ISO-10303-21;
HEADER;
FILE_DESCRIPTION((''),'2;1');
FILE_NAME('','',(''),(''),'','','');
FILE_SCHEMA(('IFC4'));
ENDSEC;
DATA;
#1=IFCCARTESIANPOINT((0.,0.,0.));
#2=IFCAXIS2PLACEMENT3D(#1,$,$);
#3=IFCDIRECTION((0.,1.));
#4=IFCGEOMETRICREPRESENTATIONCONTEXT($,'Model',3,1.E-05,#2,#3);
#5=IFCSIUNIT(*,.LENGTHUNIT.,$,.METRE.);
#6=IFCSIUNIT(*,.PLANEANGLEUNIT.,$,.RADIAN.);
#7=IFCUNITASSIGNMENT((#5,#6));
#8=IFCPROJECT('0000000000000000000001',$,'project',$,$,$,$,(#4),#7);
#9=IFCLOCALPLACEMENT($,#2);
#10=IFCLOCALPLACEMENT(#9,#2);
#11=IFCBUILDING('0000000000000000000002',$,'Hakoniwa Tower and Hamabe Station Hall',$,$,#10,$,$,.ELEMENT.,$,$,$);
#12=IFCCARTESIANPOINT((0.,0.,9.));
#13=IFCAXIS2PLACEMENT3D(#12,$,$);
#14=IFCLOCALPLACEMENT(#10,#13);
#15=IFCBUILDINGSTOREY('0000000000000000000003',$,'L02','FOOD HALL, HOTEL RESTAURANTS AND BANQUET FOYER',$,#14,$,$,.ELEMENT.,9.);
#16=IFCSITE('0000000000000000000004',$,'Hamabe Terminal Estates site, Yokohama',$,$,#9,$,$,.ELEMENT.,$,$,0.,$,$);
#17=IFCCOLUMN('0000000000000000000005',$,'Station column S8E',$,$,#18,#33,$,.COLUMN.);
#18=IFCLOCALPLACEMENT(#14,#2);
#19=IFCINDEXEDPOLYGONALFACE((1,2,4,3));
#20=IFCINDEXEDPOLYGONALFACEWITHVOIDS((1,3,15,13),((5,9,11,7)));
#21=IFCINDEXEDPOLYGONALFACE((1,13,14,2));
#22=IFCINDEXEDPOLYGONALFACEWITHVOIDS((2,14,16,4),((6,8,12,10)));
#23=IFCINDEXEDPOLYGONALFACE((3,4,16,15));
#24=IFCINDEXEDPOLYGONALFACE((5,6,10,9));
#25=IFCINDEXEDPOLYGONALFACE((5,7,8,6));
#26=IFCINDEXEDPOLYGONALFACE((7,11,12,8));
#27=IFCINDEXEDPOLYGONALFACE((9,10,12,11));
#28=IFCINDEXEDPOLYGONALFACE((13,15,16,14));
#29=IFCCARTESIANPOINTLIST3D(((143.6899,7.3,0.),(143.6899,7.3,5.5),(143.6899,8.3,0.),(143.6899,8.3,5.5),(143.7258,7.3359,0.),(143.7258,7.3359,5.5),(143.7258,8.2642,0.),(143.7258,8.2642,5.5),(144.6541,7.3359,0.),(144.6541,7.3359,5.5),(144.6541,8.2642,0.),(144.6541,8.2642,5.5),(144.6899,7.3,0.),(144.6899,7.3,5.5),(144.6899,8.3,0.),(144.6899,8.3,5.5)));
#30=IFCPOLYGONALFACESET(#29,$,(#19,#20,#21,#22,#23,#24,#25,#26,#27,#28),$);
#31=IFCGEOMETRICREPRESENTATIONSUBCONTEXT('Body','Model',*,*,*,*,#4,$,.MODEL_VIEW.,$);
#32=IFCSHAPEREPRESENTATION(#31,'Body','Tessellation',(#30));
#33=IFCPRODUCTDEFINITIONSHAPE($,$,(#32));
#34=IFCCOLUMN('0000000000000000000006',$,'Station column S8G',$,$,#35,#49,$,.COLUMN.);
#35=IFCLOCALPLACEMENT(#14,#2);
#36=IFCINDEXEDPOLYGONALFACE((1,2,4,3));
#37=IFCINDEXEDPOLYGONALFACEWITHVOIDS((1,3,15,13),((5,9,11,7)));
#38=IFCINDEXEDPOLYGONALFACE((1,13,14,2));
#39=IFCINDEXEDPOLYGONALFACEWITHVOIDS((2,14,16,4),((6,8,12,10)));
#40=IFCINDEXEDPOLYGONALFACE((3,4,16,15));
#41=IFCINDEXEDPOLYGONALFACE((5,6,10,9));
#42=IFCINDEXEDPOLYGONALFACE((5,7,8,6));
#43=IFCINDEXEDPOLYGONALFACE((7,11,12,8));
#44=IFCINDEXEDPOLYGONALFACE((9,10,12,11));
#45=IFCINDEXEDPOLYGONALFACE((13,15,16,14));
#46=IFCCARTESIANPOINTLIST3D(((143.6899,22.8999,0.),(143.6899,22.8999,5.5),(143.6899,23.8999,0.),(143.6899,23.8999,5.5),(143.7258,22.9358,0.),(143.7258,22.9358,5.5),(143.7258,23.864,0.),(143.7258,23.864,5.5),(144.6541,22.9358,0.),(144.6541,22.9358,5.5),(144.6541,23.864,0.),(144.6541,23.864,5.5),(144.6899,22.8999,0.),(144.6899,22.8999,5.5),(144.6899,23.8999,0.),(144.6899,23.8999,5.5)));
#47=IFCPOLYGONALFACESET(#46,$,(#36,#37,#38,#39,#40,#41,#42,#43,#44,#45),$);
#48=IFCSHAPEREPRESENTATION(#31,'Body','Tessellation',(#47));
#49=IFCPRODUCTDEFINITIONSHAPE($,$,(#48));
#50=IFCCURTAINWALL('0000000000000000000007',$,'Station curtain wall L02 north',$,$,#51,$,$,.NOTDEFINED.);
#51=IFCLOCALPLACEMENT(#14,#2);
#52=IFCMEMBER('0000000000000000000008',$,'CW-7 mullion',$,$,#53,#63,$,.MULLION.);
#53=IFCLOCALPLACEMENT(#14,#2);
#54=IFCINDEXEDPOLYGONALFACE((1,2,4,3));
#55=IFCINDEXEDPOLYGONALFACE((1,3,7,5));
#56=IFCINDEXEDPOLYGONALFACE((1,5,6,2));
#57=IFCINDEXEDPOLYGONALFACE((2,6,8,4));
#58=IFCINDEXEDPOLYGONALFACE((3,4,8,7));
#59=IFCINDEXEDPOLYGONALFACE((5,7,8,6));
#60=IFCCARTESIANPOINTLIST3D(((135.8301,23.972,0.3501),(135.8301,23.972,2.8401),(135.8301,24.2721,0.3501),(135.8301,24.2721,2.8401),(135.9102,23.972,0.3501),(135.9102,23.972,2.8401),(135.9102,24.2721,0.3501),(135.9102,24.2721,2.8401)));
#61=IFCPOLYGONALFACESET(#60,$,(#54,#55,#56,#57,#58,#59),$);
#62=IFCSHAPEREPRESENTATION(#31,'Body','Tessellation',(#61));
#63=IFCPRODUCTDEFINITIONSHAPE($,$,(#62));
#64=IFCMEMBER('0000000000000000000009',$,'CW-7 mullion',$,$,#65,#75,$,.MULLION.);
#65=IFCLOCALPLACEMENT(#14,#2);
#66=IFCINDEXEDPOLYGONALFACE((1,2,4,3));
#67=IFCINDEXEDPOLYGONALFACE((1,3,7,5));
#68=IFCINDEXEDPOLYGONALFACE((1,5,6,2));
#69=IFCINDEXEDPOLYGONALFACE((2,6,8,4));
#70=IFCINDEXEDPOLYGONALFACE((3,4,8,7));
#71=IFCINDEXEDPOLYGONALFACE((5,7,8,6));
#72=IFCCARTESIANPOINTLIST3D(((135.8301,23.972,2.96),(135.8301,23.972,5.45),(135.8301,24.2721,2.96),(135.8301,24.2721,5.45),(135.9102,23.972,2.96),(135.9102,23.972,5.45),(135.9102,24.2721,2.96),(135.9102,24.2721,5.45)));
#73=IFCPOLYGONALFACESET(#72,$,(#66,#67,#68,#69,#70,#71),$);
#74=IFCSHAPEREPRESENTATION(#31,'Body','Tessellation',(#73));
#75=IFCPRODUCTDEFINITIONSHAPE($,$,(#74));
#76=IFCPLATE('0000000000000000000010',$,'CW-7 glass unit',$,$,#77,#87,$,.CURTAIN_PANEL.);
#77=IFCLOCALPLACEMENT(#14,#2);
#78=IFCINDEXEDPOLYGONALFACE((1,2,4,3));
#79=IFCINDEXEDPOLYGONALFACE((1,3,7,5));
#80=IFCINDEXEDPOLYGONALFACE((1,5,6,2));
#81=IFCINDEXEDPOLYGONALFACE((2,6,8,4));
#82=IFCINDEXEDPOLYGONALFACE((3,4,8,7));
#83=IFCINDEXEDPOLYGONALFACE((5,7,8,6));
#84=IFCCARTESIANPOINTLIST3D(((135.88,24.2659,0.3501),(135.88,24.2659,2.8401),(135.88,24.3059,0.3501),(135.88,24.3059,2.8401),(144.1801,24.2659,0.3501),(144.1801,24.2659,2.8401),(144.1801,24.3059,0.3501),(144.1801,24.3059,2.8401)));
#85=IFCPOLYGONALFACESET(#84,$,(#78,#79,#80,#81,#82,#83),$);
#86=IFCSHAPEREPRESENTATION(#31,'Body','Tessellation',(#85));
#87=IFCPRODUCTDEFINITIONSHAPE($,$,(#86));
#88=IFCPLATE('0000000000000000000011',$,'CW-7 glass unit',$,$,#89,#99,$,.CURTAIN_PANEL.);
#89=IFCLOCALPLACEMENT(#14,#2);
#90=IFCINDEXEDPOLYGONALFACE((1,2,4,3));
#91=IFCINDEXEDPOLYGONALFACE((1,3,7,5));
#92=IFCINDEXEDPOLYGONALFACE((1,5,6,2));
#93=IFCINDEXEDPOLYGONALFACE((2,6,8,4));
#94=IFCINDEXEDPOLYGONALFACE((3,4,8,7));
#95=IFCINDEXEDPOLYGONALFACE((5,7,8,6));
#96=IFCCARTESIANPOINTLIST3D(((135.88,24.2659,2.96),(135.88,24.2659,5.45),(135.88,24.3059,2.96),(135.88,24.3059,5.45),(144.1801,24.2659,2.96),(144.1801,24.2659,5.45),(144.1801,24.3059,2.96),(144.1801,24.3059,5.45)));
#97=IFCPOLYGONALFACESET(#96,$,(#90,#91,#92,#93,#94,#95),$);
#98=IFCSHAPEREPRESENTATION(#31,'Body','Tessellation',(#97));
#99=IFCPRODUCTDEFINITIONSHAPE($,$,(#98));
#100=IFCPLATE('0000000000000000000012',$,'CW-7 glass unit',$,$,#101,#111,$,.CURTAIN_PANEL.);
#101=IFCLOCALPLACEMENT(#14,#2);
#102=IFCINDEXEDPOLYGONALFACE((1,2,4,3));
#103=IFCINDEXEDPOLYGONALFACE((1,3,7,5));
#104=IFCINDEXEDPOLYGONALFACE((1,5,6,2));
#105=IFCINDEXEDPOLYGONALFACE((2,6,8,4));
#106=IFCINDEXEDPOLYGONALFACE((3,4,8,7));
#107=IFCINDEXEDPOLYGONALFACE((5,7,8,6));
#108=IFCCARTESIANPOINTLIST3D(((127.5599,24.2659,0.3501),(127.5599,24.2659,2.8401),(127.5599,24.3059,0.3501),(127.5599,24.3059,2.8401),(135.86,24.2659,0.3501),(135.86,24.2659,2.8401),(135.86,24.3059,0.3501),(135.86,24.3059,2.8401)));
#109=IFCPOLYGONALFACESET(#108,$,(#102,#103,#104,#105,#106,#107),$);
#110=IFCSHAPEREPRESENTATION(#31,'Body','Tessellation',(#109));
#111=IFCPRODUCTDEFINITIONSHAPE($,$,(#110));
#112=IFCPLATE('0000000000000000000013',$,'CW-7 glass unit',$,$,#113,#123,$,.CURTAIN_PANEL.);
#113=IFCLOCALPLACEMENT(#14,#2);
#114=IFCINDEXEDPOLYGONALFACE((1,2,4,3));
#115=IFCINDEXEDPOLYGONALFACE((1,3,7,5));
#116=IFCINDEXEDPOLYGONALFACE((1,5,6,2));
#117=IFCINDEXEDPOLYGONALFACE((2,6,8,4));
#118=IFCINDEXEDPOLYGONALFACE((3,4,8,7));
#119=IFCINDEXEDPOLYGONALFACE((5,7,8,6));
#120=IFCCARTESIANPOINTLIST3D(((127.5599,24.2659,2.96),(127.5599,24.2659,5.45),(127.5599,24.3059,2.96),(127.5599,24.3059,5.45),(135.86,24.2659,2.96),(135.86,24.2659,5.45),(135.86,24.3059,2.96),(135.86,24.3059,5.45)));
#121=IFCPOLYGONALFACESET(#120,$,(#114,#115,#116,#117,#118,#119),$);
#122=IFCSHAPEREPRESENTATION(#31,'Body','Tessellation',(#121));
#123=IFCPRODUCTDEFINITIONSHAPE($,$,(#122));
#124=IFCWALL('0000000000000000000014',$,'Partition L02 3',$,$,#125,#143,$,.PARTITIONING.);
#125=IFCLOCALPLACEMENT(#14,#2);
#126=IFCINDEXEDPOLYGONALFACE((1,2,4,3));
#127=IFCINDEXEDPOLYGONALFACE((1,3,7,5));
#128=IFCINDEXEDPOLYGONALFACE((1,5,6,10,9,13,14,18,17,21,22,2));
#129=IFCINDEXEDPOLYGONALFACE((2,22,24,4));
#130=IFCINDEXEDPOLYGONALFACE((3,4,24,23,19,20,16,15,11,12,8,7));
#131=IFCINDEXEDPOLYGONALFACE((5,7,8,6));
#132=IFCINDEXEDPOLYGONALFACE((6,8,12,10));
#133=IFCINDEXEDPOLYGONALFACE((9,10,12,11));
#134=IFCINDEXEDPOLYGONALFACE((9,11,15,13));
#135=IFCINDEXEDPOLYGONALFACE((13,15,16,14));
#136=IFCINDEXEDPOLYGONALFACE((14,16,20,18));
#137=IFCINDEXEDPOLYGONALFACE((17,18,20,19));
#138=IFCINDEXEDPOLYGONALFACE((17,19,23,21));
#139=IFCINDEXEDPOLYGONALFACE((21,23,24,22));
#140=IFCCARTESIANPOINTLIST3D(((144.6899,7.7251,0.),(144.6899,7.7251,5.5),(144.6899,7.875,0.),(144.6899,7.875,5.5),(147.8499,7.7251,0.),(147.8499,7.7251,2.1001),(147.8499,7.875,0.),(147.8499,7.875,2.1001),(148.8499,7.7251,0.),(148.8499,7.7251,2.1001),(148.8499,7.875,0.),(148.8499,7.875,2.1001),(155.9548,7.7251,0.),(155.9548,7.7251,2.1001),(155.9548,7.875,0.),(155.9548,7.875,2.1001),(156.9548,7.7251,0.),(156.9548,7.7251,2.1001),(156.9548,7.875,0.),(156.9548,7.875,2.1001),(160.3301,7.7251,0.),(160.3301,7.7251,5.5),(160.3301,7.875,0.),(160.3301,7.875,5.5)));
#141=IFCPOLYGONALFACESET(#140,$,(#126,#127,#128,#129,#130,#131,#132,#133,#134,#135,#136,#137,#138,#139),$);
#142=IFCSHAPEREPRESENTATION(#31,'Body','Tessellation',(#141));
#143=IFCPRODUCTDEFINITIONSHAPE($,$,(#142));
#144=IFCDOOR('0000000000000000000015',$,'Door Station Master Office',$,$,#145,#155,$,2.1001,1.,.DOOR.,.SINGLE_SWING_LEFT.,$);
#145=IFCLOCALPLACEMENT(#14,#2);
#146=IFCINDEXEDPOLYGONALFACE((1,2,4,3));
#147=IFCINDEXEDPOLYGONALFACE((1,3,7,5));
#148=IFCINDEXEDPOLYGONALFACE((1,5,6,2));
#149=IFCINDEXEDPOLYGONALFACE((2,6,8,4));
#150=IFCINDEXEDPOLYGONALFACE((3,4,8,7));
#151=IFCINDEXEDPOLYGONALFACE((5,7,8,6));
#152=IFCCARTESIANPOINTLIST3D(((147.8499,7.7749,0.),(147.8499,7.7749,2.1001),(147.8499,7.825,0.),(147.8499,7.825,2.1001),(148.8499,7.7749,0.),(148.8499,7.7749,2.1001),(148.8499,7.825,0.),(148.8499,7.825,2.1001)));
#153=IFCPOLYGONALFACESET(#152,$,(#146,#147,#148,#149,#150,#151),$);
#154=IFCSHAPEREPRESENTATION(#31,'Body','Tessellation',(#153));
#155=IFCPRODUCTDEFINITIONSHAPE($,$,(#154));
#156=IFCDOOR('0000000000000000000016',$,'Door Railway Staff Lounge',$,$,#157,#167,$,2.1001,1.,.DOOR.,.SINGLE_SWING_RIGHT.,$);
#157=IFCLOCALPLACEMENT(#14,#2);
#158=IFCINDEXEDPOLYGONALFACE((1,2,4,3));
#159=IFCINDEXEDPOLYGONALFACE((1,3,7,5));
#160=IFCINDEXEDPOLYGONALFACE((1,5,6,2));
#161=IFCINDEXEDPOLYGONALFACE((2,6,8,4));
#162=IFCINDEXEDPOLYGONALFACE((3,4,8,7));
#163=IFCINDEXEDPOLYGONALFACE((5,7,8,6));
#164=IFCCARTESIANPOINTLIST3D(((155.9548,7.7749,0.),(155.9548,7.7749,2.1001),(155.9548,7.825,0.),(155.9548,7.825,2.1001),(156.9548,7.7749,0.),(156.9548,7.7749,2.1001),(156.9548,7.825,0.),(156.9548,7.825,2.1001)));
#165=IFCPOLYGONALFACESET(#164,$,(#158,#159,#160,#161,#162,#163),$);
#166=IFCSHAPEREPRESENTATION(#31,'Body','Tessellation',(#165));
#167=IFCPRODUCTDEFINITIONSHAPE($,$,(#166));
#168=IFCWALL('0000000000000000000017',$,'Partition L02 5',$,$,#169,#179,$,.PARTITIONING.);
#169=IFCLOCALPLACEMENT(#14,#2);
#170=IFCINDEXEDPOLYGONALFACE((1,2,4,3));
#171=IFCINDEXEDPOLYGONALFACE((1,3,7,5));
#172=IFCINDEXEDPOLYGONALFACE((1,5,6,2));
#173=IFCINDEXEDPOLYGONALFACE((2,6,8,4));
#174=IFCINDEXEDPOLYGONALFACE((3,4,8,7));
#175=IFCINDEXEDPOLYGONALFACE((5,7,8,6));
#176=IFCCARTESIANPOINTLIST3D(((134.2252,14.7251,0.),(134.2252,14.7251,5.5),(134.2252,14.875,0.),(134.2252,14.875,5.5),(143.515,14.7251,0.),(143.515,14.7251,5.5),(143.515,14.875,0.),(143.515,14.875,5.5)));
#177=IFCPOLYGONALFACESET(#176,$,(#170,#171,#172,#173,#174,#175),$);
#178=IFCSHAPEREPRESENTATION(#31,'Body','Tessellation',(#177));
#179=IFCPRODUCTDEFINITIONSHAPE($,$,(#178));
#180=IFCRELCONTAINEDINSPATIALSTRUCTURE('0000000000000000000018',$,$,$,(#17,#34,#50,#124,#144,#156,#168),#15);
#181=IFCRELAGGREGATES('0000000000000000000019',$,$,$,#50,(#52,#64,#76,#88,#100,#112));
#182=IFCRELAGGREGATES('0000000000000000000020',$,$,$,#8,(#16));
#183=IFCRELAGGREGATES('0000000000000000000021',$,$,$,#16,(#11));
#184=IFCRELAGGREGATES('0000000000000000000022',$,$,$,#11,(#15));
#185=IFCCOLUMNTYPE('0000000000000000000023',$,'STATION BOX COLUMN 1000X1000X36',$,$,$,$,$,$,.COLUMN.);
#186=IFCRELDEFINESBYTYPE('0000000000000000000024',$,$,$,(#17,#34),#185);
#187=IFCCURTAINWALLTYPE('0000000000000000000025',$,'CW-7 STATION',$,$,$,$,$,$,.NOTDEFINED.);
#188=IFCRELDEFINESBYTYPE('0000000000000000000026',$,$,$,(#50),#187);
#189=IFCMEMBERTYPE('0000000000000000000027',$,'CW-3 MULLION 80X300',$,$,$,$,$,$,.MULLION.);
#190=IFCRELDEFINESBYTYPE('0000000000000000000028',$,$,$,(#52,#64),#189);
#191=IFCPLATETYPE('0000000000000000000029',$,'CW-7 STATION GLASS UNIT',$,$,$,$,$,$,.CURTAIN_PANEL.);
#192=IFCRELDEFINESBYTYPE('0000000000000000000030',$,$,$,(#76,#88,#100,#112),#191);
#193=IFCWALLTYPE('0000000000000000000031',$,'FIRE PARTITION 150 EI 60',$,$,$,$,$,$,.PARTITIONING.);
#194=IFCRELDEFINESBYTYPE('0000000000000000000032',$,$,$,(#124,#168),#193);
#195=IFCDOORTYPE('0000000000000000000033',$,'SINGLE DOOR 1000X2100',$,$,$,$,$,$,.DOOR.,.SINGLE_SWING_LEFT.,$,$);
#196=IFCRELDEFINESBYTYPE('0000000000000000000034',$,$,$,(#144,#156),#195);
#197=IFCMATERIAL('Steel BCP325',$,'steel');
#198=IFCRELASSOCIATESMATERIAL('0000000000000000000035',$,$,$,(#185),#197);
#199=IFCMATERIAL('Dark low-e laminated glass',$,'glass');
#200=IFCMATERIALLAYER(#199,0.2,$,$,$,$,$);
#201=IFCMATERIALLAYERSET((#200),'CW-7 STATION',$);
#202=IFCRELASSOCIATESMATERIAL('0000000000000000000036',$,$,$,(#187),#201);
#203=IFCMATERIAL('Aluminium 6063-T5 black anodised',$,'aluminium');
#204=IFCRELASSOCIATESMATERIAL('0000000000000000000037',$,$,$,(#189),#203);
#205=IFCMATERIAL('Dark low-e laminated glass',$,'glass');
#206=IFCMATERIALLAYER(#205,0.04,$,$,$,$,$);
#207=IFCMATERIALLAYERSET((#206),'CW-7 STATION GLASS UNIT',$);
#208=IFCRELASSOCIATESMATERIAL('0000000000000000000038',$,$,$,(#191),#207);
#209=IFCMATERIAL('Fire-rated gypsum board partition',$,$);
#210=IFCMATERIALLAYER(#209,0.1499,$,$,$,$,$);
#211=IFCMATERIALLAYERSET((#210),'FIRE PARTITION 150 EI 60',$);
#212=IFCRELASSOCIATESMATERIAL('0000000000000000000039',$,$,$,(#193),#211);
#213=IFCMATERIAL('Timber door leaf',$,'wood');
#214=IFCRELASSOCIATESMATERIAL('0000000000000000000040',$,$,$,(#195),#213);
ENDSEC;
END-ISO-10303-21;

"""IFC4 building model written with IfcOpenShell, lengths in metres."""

from ifc_helpers import new_model, si_unit, direction, frame, frame_2d, origin, origin_2d, place, context, subcontext, project, spatial, rectangle, hollow_rectangle, extrude, material, layer, layer_set, material_profile, profile_set, type_object, element, fill, aggregate, save


model = new_model("IFC4")

# Units and contexts
model_context = context("Model", 3, precision=1e-05, world=origin(), true_north=direction((0.0, 1.0)))
body_context = subcontext(model_context, "Body", "Model", "MODEL_VIEW")
ifc_project = project(units=[si_unit("LENGTHUNIT", "METRE"), si_unit("PLANEANGLEUNIT", "RADIAN")], contexts=[model_context])

# Site, building, storey
site_placement = place(None, origin())
site = spatial("IfcSite", under=ifc_project, at=site_placement, Name="Hamabe Terminal Estates site, Yokohama", CompositionType="ELEMENT", RefElevation=0.0)
building_placement = place(site_placement, origin())
building = spatial("IfcBuilding", under=site, at=building_placement, Name="Hakoniwa Tower and Hamabe Station Hall", CompositionType="ELEMENT")
storey_placement = place(building_placement, frame((0.0, 0.0, 9.0)))
storey = spatial("IfcBuildingStorey", under=building, at=storey_placement, Name="L02", Description="FOOD HALL, HOTEL RESTAURANTS AND BANQUET FOYER", CompositionType="ELEMENT", Elevation=9.0)

# Columns
ifc_material_1 = material(Name="Steel BCP325", Category="steel")
ifc_material_profile_1 = material_profile(ifc_material_1, hollow_rectangle(XDim=1.0, YDim=1.0, WallThickness=0.0359, at=origin_2d()), Name="STATION BOX COLUMN 1000X1000X36")
ifc_profile_set_1 = profile_set([ifc_material_profile_1], Name="Steel BCP325")
column_type = type_object("IfcColumnType", Name="STATION BOX COLUMN 1000X1000X36", PredefinedType="COLUMN", material=ifc_profile_set_1)
for number, where, z_axis, x_axis, name in (
    (1, (144.1899, 7.8, 0.0), (0.0, 0.0, 1.0), (1.0, 0.0, 0.0), "Station column S8E"),
    (2, (144.1899, 23.3999, 0.0), (0.0, 0.0, 1.0), (1.0, 0.0, 0.0), "Station column S8G"),
):
    element("IfcColumn", number, at=place(storey_placement, frame(where, z_axis=z_axis, x_axis=x_axis)), inside=storey, type_object=column_type, Name=name, PredefinedType="COLUMN", context=body_context, shape_type="SweptSolid", body=[
        extrude(hollow_rectangle(XDim=1.0, YDim=1.0, WallThickness=0.0359, at=origin_2d()), origin(), (0.0, 0.0, 1.0), 5.5),
    ])

# Curtain wall, members, plates
ifc_material_2 = material(Name="Dark low-e laminated glass", Category="glass")
ifc_layer_1 = layer(ifc_material_2, 0.2)
ifc_layer_set_1 = layer_set([ifc_layer_1], Name="CW-7 STATION")
curtain_wall_type = type_object("IfcCurtainWallType", Name="CW-7 STATION", PredefinedType="NOTDEFINED", material=ifc_layer_set_1)
curtain_wall_placement = place(storey_placement, origin())
curtain_wall = element("IfcCurtainWall", 3, at=curtain_wall_placement, inside=storey, type_object=curtain_wall_type, Name="Station curtain wall L02 north", PredefinedType="NOTDEFINED")
ifc_material_3 = material(Name="Aluminium 6063-T5 black anodised", Category="aluminium")
ifc_material_profile_2 = material_profile(ifc_material_3, rectangle(XDim=0.0801, YDim=0.3, at=origin_2d()), Name="CW-3 MULLION 80X300")
ifc_profile_set_2 = profile_set([ifc_material_profile_2], Name="Aluminium 6063-T5 black anodised")
member_type = type_object("IfcMemberType", Name="CW-3 MULLION 80X300", PredefinedType="MULLION", material=ifc_profile_set_2)
member_1_placement = place(storey_placement, frame((135.8701, 24.1221, 0.3501), z_axis=(0.0, 0.0, 1.0), x_axis=(-1.0, 0.0, 0.0)))
member_1 = element("IfcMember", 4, at=member_1_placement, type_object=member_type, Name="CW-7 mullion", PredefinedType="MULLION", context=body_context, shape_type="SweptSolid", body=[
    extrude(rectangle(XDim=0.0801, YDim=0.3, at=origin_2d()), origin(), (0.0, 0.0, 1.0), 2.49),
])
member_2_placement = place(storey_placement, frame((135.8701, 24.1221, 2.96), z_axis=(0.0, 0.0, 1.0), x_axis=(-1.0, 0.0, 0.0)))
member_2 = element("IfcMember", 5, at=member_2_placement, type_object=member_type, Name="CW-7 mullion", PredefinedType="MULLION", context=body_context, shape_type="SweptSolid", body=[
    extrude(rectangle(XDim=0.0801, YDim=0.3, at=origin_2d()), origin(), (0.0, 0.0, 1.0), 2.49),
])
ifc_material_4 = material(Name="Dark low-e laminated glass", Category="glass")
ifc_layer_2 = layer(ifc_material_4, 0.04)
ifc_layer_set_2 = layer_set([ifc_layer_2], Name="CW-7 STATION GLASS UNIT")
plate_type = type_object("IfcPlateType", Name="CW-7 STATION GLASS UNIT", PredefinedType="CURTAIN_PANEL", material=ifc_layer_set_2)
plate_1_placement = place(storey_placement, frame((140.03, 24.2859, 0.3501), z_axis=(0.0, 0.0, 1.0), x_axis=(-1.0, 0.0, 0.0)))
plate_1 = element("IfcPlate", 6, at=plate_1_placement, type_object=plate_type, Name="CW-7 glass unit", PredefinedType="CURTAIN_PANEL", context=body_context, shape_type="SweptSolid", body=[
    extrude(rectangle(XDim=8.3, YDim=0.04, at=origin_2d()), origin(), (0.0, 0.0, 1.0), 2.49),
])
plate_2_placement = place(storey_placement, frame((140.03, 24.2859, 2.96), z_axis=(0.0, 0.0, 1.0), x_axis=(-1.0, 0.0, 0.0)))
plate_2 = element("IfcPlate", 7, at=plate_2_placement, type_object=plate_type, Name="CW-7 glass unit", PredefinedType="CURTAIN_PANEL", context=body_context, shape_type="SweptSolid", body=[
    extrude(rectangle(XDim=8.3, YDim=0.04, at=origin_2d()), origin(), (0.0, 0.0, 1.0), 2.49),
])
plate_3_placement = place(storey_placement, frame((131.71, 24.2859, 0.3501), z_axis=(0.0, 0.0, 1.0), x_axis=(-1.0, 0.0, 0.0)))
plate_3 = element("IfcPlate", 8, at=plate_3_placement, type_object=plate_type, Name="CW-7 glass unit", PredefinedType="CURTAIN_PANEL", context=body_context, shape_type="SweptSolid", body=[
    extrude(rectangle(XDim=8.3, YDim=0.04, at=origin_2d()), origin(), (0.0, 0.0, 1.0), 2.49),
])
plate_4_placement = place(storey_placement, frame((131.71, 24.2859, 2.96), z_axis=(0.0, 0.0, 1.0), x_axis=(-1.0, 0.0, 0.0)))
plate_4 = element("IfcPlate", 9, at=plate_4_placement, type_object=plate_type, Name="CW-7 glass unit", PredefinedType="CURTAIN_PANEL", context=body_context, shape_type="SweptSolid", body=[
    extrude(rectangle(XDim=8.3, YDim=0.04, at=origin_2d()), origin(), (0.0, 0.0, 1.0), 2.49),
])
aggregate(curtain_wall, [member_1, member_2, plate_1, plate_2, plate_3, plate_4])

# Wall, openings, doors
ifc_material_5 = material(Name="Fire-rated gypsum board partition")
ifc_layer_3 = layer(ifc_material_5, 0.1499)
ifc_layer_set_3 = layer_set([ifc_layer_3], Name="FIRE PARTITION 150 EI 60")
wall_type_1 = type_object("IfcWallType", Name="FIRE PARTITION 150 EI 60", PredefinedType="PARTITIONING", material=ifc_layer_set_3)
wall_1_placement = place(storey_placement, frame((144.6899, 7.8, 0.0), z_axis=(0.0, 0.0, 1.0), x_axis=(1.0, 0.0, 0.0)))
wall_1 = element("IfcWall", 10, at=wall_1_placement, inside=storey, type_object=wall_type_1, Name="Partition L02 3", PredefinedType="PARTITIONING", context=body_context, shape_type="SweptSolid", body=[
    extrude(rectangle(XDim=15.6401, YDim=0.1499, at=frame_2d((7.8201, 0.0))), origin(), (0.0, 0.0, 1.0), 5.5),
])
opening_1_placement = place(wall_1_placement, frame((3.1599, 0.0, 0.0)))
opening_1 = element("IfcOpeningElement", 11, at=opening_1_placement, cuts=wall_1, PredefinedType="OPENING", context=body_context, shape_type="SweptSolid", body=[
    extrude(rectangle(XDim=1.0, YDim=2.1001, at=frame_2d((0.5, 1.05))), frame((0.0, 0.085, 0.0), z_axis=(0.0, -1.0, 0.0), x_axis=(1.0, 0.0, 0.0)), (0.0, 0.0, 1.0), 0.1699),
])
opening_2_placement = place(wall_1_placement, frame((11.2649, 0.0, 0.0)))
opening_2 = element("IfcOpeningElement", 12, at=opening_2_placement, cuts=wall_1, PredefinedType="OPENING", context=body_context, shape_type="SweptSolid", body=[
    extrude(rectangle(XDim=1.0, YDim=2.1001, at=frame_2d((0.5, 1.05))), frame((0.0, 0.085, 0.0), z_axis=(0.0, -1.0, 0.0), x_axis=(1.0, 0.0, 0.0)), (0.0, 0.0, 1.0), 0.1699),
])
ifc_material_6 = material(Name="Timber door leaf", Category="wood")
door_type = type_object("IfcDoorType", Name="SINGLE DOOR 1000X2100", OperationType="SINGLE_SWING_LEFT", PredefinedType="DOOR", material=ifc_material_6)
door_1_placement = place(opening_1_placement, origin())
door_1 = element("IfcDoor", 13, at=door_1_placement, inside=storey, type_object=door_type, Name="Door Station Master Office", OperationType="SINGLE_SWING_LEFT", OverallHeight=2.1001, OverallWidth=1.0, PredefinedType="DOOR", context=body_context, shape_type="SweptSolid", body=[
    extrude(rectangle(XDim=1.0, YDim=2.1001, at=frame_2d((0.5, 1.05))), frame((0.0, 0.0249, 0.0), z_axis=(0.0, -1.0, 0.0), x_axis=(1.0, 0.0, 0.0)), (0.0, 0.0, 1.0), 0.05),
])
fill(opening_1, door_1)
door_2_placement = place(opening_2_placement, origin())
door_2 = element("IfcDoor", 14, at=door_2_placement, inside=storey, type_object=door_type, Name="Door Railway Staff Lounge", OperationType="SINGLE_SWING_RIGHT", OverallHeight=2.1001, OverallWidth=1.0, PredefinedType="DOOR", context=body_context, shape_type="SweptSolid", body=[
    extrude(rectangle(XDim=1.0, YDim=2.1001, at=frame_2d((0.5, 1.05))), frame((0.0, 0.0249, 0.0), z_axis=(0.0, -1.0, 0.0), x_axis=(1.0, 0.0, 0.0)), (0.0, 0.0, 1.0), 0.05),
])
fill(opening_2, door_2)

# Wall
for number, where, z_axis, x_axis, name in (
    (15, (134.2251, 14.8, 0.0), (0.0, 0.0, 1.0), (1.0, 0.0, 0.0), "Partition L02 5"),
):
    element("IfcWall", number, at=place(storey_placement, frame(where, z_axis=z_axis, x_axis=x_axis)), inside=storey, type_object=wall_type_1, Name=name, PredefinedType="PARTITIONING", context=body_context, shape_type="SweptSolid", body=[
        extrude(rectangle(XDim=9.2898, YDim=0.1499, at=frame_2d((4.645, 0.0))), origin(), (0.0, 0.0, 1.0), 5.5),
    ])

save(model, "model.ifc")
